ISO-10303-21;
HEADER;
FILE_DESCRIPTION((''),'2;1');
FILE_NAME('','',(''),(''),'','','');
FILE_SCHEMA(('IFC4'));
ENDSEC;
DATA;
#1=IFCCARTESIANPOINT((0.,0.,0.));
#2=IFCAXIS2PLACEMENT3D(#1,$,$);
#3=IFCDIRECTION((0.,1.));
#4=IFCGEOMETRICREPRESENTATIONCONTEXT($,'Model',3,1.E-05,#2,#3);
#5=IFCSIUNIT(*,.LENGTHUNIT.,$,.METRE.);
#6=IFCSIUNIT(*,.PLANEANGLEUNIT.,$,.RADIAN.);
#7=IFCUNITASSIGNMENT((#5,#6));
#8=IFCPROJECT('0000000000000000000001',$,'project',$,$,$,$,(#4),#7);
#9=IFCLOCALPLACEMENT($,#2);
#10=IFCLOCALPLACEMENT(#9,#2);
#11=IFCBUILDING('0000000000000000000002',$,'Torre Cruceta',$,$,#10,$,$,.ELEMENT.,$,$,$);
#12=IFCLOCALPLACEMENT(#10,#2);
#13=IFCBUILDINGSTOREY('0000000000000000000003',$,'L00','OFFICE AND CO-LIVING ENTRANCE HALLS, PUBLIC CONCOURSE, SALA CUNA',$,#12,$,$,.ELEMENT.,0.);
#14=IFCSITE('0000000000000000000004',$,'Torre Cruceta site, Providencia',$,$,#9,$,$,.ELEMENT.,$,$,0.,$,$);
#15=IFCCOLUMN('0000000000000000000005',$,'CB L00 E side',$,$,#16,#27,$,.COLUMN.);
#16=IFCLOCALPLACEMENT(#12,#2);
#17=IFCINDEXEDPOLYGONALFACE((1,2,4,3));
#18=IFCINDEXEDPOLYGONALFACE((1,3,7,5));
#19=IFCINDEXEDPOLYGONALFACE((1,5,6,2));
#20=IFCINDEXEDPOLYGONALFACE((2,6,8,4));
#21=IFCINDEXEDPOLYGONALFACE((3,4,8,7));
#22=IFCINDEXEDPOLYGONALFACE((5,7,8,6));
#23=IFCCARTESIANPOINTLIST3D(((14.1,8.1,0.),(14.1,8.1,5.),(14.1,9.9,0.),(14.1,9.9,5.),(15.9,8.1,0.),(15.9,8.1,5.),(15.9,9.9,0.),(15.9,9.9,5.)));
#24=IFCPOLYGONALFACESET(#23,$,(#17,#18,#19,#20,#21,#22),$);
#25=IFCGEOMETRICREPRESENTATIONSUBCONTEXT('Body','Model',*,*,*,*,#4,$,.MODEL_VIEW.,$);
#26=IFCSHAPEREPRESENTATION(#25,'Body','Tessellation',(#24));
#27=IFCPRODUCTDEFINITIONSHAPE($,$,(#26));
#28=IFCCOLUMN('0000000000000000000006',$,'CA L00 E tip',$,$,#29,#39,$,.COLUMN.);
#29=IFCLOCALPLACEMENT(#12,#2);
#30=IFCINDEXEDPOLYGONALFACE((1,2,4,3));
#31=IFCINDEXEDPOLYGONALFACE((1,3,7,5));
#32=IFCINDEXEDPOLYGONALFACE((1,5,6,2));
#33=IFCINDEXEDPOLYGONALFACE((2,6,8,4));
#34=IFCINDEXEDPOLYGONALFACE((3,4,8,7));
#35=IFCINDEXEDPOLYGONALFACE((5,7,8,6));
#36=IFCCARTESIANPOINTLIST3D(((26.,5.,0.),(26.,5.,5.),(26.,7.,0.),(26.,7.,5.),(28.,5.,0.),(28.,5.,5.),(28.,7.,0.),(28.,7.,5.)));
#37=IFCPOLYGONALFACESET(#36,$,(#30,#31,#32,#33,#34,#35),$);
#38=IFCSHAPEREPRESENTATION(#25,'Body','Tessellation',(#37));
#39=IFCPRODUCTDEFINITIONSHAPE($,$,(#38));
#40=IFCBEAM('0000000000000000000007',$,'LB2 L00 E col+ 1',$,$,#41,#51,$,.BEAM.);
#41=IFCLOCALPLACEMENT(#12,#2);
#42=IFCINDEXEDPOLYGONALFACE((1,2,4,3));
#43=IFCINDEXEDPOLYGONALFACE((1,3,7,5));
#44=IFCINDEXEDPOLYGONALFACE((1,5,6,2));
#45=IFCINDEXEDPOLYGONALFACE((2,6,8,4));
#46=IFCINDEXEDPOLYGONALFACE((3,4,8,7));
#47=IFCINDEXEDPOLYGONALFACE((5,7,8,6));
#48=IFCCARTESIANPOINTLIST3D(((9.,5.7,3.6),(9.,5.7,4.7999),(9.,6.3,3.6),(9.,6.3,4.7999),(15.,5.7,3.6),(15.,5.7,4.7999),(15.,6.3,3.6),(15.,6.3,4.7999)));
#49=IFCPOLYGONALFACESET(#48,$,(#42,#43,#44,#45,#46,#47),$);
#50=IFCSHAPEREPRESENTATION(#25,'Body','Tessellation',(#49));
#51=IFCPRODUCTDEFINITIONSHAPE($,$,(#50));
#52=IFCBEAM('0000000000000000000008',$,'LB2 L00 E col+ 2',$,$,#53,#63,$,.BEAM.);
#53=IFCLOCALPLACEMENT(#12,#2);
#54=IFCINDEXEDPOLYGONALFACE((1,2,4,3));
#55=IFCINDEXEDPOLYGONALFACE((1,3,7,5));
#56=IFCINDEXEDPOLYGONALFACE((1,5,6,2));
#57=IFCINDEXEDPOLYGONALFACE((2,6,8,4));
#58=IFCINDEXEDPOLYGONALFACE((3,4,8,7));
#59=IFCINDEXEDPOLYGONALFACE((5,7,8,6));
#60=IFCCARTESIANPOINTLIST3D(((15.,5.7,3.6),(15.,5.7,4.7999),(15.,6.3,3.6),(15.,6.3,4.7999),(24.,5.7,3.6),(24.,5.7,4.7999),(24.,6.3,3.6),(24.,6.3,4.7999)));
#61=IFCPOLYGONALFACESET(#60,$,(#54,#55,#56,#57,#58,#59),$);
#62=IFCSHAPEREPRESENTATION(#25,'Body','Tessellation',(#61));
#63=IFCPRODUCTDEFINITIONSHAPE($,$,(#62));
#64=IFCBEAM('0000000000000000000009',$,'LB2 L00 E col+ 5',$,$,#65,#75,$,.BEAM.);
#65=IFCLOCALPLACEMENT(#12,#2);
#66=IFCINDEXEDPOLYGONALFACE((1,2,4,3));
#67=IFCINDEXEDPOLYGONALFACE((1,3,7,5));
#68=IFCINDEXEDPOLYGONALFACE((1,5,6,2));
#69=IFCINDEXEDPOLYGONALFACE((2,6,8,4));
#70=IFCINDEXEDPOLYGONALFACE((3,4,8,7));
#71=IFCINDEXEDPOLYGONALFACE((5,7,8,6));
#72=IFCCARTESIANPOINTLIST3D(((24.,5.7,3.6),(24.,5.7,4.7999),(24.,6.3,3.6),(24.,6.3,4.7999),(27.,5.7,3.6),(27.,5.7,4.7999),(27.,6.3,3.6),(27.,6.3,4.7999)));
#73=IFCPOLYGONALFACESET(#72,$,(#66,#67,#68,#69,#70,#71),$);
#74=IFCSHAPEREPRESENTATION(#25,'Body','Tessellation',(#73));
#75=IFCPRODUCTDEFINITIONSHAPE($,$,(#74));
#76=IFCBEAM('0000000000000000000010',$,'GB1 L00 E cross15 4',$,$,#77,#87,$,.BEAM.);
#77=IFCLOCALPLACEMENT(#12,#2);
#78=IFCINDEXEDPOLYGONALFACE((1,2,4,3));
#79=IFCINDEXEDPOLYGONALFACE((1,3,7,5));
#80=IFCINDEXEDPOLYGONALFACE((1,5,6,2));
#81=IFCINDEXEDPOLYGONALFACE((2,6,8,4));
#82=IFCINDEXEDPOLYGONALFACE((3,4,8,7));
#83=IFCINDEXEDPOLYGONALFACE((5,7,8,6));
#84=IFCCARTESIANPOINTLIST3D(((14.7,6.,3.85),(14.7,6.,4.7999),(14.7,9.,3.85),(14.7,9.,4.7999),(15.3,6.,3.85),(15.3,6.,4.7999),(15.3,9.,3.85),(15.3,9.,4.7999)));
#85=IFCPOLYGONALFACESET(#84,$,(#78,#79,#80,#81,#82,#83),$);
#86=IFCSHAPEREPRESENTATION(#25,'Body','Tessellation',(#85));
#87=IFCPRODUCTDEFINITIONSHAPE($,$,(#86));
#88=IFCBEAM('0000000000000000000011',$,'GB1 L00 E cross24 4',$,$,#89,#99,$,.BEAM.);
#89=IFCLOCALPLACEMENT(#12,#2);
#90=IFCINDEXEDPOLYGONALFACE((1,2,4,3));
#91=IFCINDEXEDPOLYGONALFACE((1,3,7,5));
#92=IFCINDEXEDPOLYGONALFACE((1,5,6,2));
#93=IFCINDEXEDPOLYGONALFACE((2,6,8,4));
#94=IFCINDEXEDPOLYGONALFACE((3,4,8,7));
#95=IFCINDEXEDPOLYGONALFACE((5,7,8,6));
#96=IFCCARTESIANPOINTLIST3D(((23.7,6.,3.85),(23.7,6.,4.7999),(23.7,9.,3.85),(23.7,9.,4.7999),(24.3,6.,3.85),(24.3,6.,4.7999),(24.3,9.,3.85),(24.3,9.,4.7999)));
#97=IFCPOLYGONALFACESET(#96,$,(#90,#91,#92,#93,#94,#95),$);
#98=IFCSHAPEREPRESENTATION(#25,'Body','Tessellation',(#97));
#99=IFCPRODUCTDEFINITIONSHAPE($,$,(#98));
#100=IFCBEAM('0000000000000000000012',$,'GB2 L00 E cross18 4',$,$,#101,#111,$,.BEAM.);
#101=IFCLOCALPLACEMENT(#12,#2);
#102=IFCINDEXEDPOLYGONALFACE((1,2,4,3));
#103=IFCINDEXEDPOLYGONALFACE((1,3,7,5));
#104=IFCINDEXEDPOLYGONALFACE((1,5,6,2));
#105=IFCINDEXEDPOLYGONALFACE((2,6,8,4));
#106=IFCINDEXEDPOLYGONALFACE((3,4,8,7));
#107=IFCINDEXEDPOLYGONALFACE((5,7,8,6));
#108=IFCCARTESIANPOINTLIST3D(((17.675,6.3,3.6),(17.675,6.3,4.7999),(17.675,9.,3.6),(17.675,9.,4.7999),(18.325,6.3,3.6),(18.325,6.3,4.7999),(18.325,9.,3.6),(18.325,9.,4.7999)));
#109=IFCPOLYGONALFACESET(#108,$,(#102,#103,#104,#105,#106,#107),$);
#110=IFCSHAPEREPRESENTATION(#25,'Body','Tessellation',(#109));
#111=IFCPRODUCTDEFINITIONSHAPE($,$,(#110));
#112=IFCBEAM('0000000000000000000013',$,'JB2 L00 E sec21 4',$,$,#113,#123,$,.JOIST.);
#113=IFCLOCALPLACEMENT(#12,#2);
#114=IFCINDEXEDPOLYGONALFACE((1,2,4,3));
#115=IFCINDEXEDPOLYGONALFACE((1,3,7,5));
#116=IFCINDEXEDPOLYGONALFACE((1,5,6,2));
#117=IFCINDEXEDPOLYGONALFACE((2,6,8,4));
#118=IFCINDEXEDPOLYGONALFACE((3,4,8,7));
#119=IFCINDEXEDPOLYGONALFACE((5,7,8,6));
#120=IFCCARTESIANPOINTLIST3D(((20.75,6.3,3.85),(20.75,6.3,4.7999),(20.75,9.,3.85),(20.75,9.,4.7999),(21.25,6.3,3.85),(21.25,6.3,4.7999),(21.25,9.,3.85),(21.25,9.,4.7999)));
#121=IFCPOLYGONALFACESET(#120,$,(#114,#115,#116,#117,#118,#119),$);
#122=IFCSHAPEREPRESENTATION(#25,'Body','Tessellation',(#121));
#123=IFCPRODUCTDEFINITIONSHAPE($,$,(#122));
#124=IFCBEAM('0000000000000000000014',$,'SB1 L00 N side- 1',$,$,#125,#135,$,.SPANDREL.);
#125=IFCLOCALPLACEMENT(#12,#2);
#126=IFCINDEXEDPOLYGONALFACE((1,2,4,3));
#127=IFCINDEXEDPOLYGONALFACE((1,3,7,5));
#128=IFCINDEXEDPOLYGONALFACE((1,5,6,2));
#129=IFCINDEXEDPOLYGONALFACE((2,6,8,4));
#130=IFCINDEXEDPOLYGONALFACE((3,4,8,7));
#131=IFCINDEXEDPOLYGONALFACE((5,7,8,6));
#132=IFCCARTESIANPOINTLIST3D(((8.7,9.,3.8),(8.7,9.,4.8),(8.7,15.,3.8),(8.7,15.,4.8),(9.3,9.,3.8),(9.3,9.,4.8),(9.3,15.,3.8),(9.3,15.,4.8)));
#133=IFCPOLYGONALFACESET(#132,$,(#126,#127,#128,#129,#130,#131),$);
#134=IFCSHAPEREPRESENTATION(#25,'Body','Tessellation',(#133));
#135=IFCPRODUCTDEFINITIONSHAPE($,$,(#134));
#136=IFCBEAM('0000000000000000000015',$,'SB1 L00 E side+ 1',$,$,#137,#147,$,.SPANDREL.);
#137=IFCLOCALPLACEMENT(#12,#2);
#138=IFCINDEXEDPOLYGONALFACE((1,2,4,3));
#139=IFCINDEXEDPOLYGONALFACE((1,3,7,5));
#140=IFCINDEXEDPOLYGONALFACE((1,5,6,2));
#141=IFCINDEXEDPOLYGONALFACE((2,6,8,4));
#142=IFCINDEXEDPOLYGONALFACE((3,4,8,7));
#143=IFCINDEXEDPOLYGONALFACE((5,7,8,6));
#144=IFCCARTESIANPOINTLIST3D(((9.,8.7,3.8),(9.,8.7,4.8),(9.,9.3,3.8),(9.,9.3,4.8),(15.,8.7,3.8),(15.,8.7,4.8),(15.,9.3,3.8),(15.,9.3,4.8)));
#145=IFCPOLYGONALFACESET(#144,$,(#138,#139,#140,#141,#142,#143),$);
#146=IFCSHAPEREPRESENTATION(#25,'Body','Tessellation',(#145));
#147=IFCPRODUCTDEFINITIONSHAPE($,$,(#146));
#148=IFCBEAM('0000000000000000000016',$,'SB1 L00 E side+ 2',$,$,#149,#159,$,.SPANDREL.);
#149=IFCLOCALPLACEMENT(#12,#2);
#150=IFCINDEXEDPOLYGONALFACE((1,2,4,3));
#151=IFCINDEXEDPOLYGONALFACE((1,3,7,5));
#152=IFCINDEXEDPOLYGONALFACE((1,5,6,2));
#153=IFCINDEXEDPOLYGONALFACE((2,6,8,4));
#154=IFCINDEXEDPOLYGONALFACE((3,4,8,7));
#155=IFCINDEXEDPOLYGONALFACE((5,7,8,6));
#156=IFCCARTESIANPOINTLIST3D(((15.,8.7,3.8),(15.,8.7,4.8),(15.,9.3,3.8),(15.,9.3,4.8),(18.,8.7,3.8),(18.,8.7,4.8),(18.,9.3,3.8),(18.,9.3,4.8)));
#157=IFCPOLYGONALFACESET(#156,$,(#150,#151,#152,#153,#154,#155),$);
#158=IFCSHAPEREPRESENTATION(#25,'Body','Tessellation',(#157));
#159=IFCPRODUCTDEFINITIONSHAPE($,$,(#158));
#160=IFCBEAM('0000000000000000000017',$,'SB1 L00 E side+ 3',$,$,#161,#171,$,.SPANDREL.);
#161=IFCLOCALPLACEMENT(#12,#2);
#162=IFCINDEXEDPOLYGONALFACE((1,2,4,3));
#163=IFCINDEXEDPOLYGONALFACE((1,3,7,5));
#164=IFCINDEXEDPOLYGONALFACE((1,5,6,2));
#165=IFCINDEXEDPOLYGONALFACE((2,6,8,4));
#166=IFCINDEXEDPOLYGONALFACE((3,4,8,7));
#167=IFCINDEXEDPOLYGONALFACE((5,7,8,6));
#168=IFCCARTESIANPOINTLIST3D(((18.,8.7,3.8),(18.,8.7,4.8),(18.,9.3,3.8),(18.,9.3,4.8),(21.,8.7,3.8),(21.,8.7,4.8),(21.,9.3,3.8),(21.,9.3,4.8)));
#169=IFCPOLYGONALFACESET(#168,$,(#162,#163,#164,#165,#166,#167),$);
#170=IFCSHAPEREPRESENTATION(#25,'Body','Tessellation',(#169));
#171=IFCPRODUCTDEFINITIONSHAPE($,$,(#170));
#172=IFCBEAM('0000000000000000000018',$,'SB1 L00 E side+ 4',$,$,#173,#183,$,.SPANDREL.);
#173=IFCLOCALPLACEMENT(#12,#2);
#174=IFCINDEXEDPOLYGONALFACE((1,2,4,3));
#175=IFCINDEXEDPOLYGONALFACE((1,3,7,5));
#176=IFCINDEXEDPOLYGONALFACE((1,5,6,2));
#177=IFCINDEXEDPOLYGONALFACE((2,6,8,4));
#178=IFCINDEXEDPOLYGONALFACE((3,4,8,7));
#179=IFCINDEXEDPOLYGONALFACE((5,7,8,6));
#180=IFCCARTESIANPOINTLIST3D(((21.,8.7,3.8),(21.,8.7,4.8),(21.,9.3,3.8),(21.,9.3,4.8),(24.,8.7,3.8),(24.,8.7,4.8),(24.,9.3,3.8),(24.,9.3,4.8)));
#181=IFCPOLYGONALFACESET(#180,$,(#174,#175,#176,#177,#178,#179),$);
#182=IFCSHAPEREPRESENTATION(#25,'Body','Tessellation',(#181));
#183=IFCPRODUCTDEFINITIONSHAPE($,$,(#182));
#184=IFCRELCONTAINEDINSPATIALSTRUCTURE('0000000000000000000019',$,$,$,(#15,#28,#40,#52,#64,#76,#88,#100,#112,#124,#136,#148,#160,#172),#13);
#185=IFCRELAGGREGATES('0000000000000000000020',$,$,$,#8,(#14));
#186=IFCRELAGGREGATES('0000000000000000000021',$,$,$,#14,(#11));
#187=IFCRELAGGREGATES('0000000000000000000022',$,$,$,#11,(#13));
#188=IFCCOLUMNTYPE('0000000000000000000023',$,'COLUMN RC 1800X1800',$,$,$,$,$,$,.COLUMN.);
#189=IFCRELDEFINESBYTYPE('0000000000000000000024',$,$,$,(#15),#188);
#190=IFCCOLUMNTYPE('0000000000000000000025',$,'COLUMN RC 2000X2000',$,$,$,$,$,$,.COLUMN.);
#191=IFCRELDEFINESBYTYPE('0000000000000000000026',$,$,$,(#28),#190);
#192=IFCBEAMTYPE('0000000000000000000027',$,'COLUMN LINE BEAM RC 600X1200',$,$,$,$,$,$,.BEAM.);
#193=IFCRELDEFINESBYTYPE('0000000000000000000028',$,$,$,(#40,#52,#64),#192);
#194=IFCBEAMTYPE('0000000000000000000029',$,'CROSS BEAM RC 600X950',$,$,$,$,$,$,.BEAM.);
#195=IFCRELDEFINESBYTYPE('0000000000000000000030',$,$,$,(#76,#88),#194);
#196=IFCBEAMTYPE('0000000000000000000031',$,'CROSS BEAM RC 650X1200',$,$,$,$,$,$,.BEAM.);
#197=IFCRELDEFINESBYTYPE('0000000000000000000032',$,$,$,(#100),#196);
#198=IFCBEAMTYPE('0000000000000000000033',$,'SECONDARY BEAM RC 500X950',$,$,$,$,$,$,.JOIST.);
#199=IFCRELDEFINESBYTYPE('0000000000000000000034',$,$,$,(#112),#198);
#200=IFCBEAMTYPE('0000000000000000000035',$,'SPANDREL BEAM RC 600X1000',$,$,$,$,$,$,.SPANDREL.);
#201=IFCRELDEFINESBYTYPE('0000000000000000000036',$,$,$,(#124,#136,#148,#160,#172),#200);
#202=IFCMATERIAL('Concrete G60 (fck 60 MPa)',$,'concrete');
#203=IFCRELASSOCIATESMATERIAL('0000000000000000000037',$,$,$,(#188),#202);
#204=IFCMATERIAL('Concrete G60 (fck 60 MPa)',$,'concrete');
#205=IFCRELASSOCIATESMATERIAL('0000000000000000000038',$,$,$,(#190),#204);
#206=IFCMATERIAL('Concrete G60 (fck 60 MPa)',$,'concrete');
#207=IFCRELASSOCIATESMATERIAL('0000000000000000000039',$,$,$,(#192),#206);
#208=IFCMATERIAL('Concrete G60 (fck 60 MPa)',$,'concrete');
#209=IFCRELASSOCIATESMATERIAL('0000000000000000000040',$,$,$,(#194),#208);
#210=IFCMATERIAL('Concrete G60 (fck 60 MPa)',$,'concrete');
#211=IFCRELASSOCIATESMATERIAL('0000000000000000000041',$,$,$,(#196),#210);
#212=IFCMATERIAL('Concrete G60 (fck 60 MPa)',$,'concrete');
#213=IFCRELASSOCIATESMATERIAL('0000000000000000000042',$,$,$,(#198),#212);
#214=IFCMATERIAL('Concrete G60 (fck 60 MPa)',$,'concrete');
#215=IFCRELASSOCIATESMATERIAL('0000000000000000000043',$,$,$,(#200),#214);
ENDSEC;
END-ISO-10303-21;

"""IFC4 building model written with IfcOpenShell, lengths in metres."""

from ifc_helpers import new_model, si_unit, direction, frame, origin, origin_2d, place, context, subcontext, project, spatial, rectangle, extrude, material, material_profile, profile_set, type_object, element, save


model = new_model("IFC4")

# Units and contexts
model_context = context("Model", 3, precision=1e-05, world=origin(), true_north=direction((0.0, 1.0)))
body_context = subcontext(model_context, "Body", "Model", "MODEL_VIEW")
ifc_project = project(units=[si_unit("LENGTHUNIT", "METRE"), si_unit("PLANEANGLEUNIT", "RADIAN")], contexts=[model_context])

# Site, building, storey
site_placement = place(None, origin())
site = spatial("IfcSite", under=ifc_project, at=site_placement, Name="Torre Cruceta site, Providencia", CompositionType="ELEMENT", RefElevation=0.0)
building_placement = place(site_placement, origin())
building = spatial("IfcBuilding", under=site, at=building_placement, Name="Torre Cruceta", CompositionType="ELEMENT")
storey_placement = place(building_placement, origin())
storey = spatial("IfcBuildingStorey", under=building, at=storey_placement, Name="L00", Description="OFFICE AND CO-LIVING ENTRANCE HALLS, PUBLIC CONCOURSE, SALA CUNA", CompositionType="ELEMENT", Elevation=0.0)

# Columns
ifc_material_1 = material(Name="Concrete G60 (fck 60 MPa)", Category="concrete")
ifc_material_profile_1 = material_profile(ifc_material_1, rectangle(XDim=1.8, YDim=1.8, at=origin_2d()), Name="RC 1800X1800")
ifc_profile_set_1 = profile_set([ifc_material_profile_1], Name="Concrete G60 (fck 60 MPa)")
column_type_1 = type_object("IfcColumnType", Name="COLUMN RC 1800X1800", PredefinedType="COLUMN", material=ifc_profile_set_1)
column_1_placement = place(storey_placement, frame((15.0, 9.0, 0.0), z_axis=(0.0, 0.0, 1.0), x_axis=(1.0, 0.0, 0.0)))
element("IfcColumn", 1, at=column_1_placement, inside=storey, type_object=column_type_1, Name="CB L00 E side", PredefinedType="COLUMN", context=body_context, shape_type="SweptSolid", body=[
    extrude(rectangle(XDim=1.8, YDim=1.8, at=origin_2d()), origin(), (0.0, 0.0, 1.0), 5.0),
])
ifc_material_2 = material(Name="Concrete G60 (fck 60 MPa)", Category="concrete")
ifc_material_profile_2 = material_profile(ifc_material_2, rectangle(XDim=2.0, YDim=2.0, at=origin_2d()), Name="RC 2000X2000")
ifc_profile_set_2 = profile_set([ifc_material_profile_2], Name="Concrete G60 (fck 60 MPa)")
column_type_2 = type_object("IfcColumnType", Name="COLUMN RC 2000X2000", PredefinedType="COLUMN", material=ifc_profile_set_2)
column_2_placement = place(storey_placement, frame((27.0, 6.0, 0.0), z_axis=(0.0, 0.0, 1.0), x_axis=(1.0, 0.0, 0.0)))
element("IfcColumn", 2, at=column_2_placement, inside=storey, type_object=column_type_2, Name="CA L00 E tip", PredefinedType="COLUMN", context=body_context, shape_type="SweptSolid", body=[
    extrude(rectangle(XDim=2.0, YDim=2.0, at=origin_2d()), origin(), (0.0, 0.0, 1.0), 5.0),
])

# Beams
ifc_material_3 = material(Name="Concrete G60 (fck 60 MPa)", Category="concrete")
ifc_material_profile_3 = material_profile(ifc_material_3, rectangle(XDim=0.6001, YDim=1.2, at=origin_2d()), Name="RC 600X1200")
ifc_profile_set_3 = profile_set([ifc_material_profile_3], Name="Concrete G60 (fck 60 MPa)")
beam_type_1 = type_object("IfcBeamType", Name="COLUMN LINE BEAM RC 600X1200", PredefinedType="BEAM", material=ifc_profile_set_3)
beam_1_placement = place(storey_placement, frame((9.0, 6.0, 4.2), z_axis=(1.0, 0.0, 0.0), x_axis=(0.0, 1.0, 0.0)))
element("IfcBeam", 3, at=beam_1_placement, inside=storey, type_object=beam_type_1, Name="LB2 L00 E col+ 1", PredefinedType="BEAM", context=body_context, shape_type="SweptSolid", body=[
    extrude(rectangle(XDim=0.6001, YDim=1.2, at=origin_2d()), origin(), (0.0, 0.0, 1.0), 6.0),
])
beam_2_placement = place(storey_placement, frame((15.0, 6.0, 4.2), z_axis=(1.0, 0.0, 0.0), x_axis=(0.0, 1.0, 0.0)))
element("IfcBeam", 4, at=beam_2_placement, inside=storey, type_object=beam_type_1, Name="LB2 L00 E col+ 2", PredefinedType="BEAM", context=body_context, shape_type="SweptSolid", body=[
    extrude(rectangle(XDim=0.6001, YDim=1.2, at=origin_2d()), origin(), (0.0, 0.0, 1.0), 9.0),
])
beam_3_placement = place(storey_placement, frame((24.0, 6.0, 4.2), z_axis=(1.0, 0.0, 0.0), x_axis=(0.0, 1.0, 0.0)))
element("IfcBeam", 5, at=beam_3_placement, inside=storey, type_object=beam_type_1, Name="LB2 L00 E col+ 5", PredefinedType="BEAM", context=body_context, shape_type="SweptSolid", body=[
    extrude(rectangle(XDim=0.6001, YDim=1.2, at=origin_2d()), origin(), (0.0, 0.0, 1.0), 3.0),
])
ifc_material_4 = material(Name="Concrete G60 (fck 60 MPa)", Category="concrete")
ifc_material_profile_4 = material_profile(ifc_material_4, rectangle(XDim=0.6001, YDim=0.95, at=origin_2d()), Name="RC 600X950")
ifc_profile_set_4 = profile_set([ifc_material_profile_4], Name="Concrete G60 (fck 60 MPa)")
beam_type_2 = type_object("IfcBeamType", Name="CROSS BEAM RC 600X950", PredefinedType="BEAM", material=ifc_profile_set_4)
for number, where, z_axis, x_axis, name in (
    (6, (15.0, 6.0, 4.325), (0.0, 1.0, 0.0), (-1.0, 0.0, 0.0), "GB1 L00 E cross15 4"),
    (7, (24.0, 6.0, 4.325), (0.0, 1.0, 0.0), (-1.0, 0.0, 0.0), "GB1 L00 E cross24 4"),
):
    element("IfcBeam", number, at=place(storey_placement, frame(where, z_axis=z_axis, x_axis=x_axis)), inside=storey, type_object=beam_type_2, Name=name, PredefinedType="BEAM", context=body_context, shape_type="SweptSolid", body=[
        extrude(rectangle(XDim=0.6001, YDim=0.95, at=origin_2d()), origin(), (0.0, 0.0, 1.0), 3.0),
    ])
ifc_material_5 = material(Name="Concrete G60 (fck 60 MPa)", Category="concrete")
ifc_material_profile_5 = material_profile(ifc_material_5, rectangle(XDim=0.6499, YDim=1.2, at=origin_2d()), Name="RC 650X1200")
ifc_profile_set_5 = profile_set([ifc_material_profile_5], Name="Concrete G60 (fck 60 MPa)")
beam_type_3 = type_object("IfcBeamType", Name="CROSS BEAM RC 650X1200", PredefinedType="BEAM", material=ifc_profile_set_5)
beam_4_placement = place(storey_placement, frame((18.0, 6.3, 4.2), z_axis=(0.0, 1.0, 0.0), x_axis=(-1.0, 0.0, 0.0)))
element("IfcBeam", 8, at=beam_4_placement, inside=storey, type_object=beam_type_3, Name="GB2 L00 E cross18 4", PredefinedType="BEAM", context=body_context, shape_type="SweptSolid", body=[
    extrude(rectangle(XDim=0.6499, YDim=1.2, at=origin_2d()), origin(), (0.0, 0.0, 1.0), 2.7),
])
ifc_material_6 = material(Name="Concrete G60 (fck 60 MPa)", Category="concrete")
ifc_material_profile_6 = material_profile(ifc_material_6, rectangle(XDim=0.5, YDim=0.95, at=origin_2d()), Name="RC 500X950")
ifc_profile_set_6 = profile_set([ifc_material_profile_6], Name="Concrete G60 (fck 60 MPa)")
beam_type_4 = type_object("IfcBeamType", Name="SECONDARY BEAM RC 500X950", PredefinedType="JOIST", material=ifc_profile_set_6)
beam_5_placement = place(storey_placement, frame((21.0, 6.3, 4.325), z_axis=(0.0, 1.0, 0.0), x_axis=(-1.0, 0.0, 0.0)))
element("IfcBeam", 9, at=beam_5_placement, inside=storey, type_object=beam_type_4, Name="JB2 L00 E sec21 4", PredefinedType="JOIST", context=body_context, shape_type="SweptSolid", body=[
    extrude(rectangle(XDim=0.5, YDim=0.95, at=origin_2d()), origin(), (0.0, 0.0, 1.0), 2.7),
])
ifc_material_7 = material(Name="Concrete G60 (fck 60 MPa)", Category="concrete")
ifc_material_profile_7 = material_profile(ifc_material_7, rectangle(XDim=0.6001, YDim=1.0, at=origin_2d()), Name="RC 600X1000")
ifc_profile_set_7 = profile_set([ifc_material_profile_7], Name="Concrete G60 (fck 60 MPa)")
beam_type_5 = type_object("IfcBeamType", Name="SPANDREL BEAM RC 600X1000", PredefinedType="SPANDREL", material=ifc_profile_set_7)
for number, where, z_axis, x_axis, name in (
    (10, (9.0, 9.0, 4.3), (0.0, 1.0, 0.0), (-1.0, 0.0, 0.0), "SB1 L00 N side- 1"),
    (11, (9.0, 9.0, 4.3), (1.0, 0.0, 0.0), (0.0, 1.0, 0.0), "SB1 L00 E side+ 1"),
):
    element("IfcBeam", number, at=place(storey_placement, frame(where, z_axis=z_axis, x_axis=x_axis)), inside=storey, type_object=beam_type_5, Name=name, PredefinedType="SPANDREL", context=body_context, shape_type="SweptSolid", body=[
        extrude(rectangle(XDim=0.6001, YDim=1.0, at=origin_2d()), origin(), (0.0, 0.0, 1.0), 6.0),
    ])
for number, where, z_axis, x_axis, name in (
    (12, (15.0, 9.0, 4.3), (1.0, 0.0, 0.0), (0.0, 1.0, 0.0), "SB1 L00 E side+ 2"),
    (13, (18.0, 9.0, 4.3), (1.0, 0.0, 0.0), (0.0, 1.0, 0.0), "SB1 L00 E side+ 3"),
    (14, (21.0, 9.0, 4.3), (1.0, 0.0, 0.0), (0.0, 1.0, 0.0), "SB1 L00 E side+ 4"),
):
    element("IfcBeam", number, at=place(storey_placement, frame(where, z_axis=z_axis, x_axis=x_axis)), inside=storey, type_object=beam_type_5, Name=name, PredefinedType="SPANDREL", context=body_context, shape_type="SweptSolid", body=[
        extrude(rectangle(XDim=0.6001, YDim=1.0, at=origin_2d()), origin(), (0.0, 0.0, 1.0), 3.0),
    ])

save(model, "model.ifc")
